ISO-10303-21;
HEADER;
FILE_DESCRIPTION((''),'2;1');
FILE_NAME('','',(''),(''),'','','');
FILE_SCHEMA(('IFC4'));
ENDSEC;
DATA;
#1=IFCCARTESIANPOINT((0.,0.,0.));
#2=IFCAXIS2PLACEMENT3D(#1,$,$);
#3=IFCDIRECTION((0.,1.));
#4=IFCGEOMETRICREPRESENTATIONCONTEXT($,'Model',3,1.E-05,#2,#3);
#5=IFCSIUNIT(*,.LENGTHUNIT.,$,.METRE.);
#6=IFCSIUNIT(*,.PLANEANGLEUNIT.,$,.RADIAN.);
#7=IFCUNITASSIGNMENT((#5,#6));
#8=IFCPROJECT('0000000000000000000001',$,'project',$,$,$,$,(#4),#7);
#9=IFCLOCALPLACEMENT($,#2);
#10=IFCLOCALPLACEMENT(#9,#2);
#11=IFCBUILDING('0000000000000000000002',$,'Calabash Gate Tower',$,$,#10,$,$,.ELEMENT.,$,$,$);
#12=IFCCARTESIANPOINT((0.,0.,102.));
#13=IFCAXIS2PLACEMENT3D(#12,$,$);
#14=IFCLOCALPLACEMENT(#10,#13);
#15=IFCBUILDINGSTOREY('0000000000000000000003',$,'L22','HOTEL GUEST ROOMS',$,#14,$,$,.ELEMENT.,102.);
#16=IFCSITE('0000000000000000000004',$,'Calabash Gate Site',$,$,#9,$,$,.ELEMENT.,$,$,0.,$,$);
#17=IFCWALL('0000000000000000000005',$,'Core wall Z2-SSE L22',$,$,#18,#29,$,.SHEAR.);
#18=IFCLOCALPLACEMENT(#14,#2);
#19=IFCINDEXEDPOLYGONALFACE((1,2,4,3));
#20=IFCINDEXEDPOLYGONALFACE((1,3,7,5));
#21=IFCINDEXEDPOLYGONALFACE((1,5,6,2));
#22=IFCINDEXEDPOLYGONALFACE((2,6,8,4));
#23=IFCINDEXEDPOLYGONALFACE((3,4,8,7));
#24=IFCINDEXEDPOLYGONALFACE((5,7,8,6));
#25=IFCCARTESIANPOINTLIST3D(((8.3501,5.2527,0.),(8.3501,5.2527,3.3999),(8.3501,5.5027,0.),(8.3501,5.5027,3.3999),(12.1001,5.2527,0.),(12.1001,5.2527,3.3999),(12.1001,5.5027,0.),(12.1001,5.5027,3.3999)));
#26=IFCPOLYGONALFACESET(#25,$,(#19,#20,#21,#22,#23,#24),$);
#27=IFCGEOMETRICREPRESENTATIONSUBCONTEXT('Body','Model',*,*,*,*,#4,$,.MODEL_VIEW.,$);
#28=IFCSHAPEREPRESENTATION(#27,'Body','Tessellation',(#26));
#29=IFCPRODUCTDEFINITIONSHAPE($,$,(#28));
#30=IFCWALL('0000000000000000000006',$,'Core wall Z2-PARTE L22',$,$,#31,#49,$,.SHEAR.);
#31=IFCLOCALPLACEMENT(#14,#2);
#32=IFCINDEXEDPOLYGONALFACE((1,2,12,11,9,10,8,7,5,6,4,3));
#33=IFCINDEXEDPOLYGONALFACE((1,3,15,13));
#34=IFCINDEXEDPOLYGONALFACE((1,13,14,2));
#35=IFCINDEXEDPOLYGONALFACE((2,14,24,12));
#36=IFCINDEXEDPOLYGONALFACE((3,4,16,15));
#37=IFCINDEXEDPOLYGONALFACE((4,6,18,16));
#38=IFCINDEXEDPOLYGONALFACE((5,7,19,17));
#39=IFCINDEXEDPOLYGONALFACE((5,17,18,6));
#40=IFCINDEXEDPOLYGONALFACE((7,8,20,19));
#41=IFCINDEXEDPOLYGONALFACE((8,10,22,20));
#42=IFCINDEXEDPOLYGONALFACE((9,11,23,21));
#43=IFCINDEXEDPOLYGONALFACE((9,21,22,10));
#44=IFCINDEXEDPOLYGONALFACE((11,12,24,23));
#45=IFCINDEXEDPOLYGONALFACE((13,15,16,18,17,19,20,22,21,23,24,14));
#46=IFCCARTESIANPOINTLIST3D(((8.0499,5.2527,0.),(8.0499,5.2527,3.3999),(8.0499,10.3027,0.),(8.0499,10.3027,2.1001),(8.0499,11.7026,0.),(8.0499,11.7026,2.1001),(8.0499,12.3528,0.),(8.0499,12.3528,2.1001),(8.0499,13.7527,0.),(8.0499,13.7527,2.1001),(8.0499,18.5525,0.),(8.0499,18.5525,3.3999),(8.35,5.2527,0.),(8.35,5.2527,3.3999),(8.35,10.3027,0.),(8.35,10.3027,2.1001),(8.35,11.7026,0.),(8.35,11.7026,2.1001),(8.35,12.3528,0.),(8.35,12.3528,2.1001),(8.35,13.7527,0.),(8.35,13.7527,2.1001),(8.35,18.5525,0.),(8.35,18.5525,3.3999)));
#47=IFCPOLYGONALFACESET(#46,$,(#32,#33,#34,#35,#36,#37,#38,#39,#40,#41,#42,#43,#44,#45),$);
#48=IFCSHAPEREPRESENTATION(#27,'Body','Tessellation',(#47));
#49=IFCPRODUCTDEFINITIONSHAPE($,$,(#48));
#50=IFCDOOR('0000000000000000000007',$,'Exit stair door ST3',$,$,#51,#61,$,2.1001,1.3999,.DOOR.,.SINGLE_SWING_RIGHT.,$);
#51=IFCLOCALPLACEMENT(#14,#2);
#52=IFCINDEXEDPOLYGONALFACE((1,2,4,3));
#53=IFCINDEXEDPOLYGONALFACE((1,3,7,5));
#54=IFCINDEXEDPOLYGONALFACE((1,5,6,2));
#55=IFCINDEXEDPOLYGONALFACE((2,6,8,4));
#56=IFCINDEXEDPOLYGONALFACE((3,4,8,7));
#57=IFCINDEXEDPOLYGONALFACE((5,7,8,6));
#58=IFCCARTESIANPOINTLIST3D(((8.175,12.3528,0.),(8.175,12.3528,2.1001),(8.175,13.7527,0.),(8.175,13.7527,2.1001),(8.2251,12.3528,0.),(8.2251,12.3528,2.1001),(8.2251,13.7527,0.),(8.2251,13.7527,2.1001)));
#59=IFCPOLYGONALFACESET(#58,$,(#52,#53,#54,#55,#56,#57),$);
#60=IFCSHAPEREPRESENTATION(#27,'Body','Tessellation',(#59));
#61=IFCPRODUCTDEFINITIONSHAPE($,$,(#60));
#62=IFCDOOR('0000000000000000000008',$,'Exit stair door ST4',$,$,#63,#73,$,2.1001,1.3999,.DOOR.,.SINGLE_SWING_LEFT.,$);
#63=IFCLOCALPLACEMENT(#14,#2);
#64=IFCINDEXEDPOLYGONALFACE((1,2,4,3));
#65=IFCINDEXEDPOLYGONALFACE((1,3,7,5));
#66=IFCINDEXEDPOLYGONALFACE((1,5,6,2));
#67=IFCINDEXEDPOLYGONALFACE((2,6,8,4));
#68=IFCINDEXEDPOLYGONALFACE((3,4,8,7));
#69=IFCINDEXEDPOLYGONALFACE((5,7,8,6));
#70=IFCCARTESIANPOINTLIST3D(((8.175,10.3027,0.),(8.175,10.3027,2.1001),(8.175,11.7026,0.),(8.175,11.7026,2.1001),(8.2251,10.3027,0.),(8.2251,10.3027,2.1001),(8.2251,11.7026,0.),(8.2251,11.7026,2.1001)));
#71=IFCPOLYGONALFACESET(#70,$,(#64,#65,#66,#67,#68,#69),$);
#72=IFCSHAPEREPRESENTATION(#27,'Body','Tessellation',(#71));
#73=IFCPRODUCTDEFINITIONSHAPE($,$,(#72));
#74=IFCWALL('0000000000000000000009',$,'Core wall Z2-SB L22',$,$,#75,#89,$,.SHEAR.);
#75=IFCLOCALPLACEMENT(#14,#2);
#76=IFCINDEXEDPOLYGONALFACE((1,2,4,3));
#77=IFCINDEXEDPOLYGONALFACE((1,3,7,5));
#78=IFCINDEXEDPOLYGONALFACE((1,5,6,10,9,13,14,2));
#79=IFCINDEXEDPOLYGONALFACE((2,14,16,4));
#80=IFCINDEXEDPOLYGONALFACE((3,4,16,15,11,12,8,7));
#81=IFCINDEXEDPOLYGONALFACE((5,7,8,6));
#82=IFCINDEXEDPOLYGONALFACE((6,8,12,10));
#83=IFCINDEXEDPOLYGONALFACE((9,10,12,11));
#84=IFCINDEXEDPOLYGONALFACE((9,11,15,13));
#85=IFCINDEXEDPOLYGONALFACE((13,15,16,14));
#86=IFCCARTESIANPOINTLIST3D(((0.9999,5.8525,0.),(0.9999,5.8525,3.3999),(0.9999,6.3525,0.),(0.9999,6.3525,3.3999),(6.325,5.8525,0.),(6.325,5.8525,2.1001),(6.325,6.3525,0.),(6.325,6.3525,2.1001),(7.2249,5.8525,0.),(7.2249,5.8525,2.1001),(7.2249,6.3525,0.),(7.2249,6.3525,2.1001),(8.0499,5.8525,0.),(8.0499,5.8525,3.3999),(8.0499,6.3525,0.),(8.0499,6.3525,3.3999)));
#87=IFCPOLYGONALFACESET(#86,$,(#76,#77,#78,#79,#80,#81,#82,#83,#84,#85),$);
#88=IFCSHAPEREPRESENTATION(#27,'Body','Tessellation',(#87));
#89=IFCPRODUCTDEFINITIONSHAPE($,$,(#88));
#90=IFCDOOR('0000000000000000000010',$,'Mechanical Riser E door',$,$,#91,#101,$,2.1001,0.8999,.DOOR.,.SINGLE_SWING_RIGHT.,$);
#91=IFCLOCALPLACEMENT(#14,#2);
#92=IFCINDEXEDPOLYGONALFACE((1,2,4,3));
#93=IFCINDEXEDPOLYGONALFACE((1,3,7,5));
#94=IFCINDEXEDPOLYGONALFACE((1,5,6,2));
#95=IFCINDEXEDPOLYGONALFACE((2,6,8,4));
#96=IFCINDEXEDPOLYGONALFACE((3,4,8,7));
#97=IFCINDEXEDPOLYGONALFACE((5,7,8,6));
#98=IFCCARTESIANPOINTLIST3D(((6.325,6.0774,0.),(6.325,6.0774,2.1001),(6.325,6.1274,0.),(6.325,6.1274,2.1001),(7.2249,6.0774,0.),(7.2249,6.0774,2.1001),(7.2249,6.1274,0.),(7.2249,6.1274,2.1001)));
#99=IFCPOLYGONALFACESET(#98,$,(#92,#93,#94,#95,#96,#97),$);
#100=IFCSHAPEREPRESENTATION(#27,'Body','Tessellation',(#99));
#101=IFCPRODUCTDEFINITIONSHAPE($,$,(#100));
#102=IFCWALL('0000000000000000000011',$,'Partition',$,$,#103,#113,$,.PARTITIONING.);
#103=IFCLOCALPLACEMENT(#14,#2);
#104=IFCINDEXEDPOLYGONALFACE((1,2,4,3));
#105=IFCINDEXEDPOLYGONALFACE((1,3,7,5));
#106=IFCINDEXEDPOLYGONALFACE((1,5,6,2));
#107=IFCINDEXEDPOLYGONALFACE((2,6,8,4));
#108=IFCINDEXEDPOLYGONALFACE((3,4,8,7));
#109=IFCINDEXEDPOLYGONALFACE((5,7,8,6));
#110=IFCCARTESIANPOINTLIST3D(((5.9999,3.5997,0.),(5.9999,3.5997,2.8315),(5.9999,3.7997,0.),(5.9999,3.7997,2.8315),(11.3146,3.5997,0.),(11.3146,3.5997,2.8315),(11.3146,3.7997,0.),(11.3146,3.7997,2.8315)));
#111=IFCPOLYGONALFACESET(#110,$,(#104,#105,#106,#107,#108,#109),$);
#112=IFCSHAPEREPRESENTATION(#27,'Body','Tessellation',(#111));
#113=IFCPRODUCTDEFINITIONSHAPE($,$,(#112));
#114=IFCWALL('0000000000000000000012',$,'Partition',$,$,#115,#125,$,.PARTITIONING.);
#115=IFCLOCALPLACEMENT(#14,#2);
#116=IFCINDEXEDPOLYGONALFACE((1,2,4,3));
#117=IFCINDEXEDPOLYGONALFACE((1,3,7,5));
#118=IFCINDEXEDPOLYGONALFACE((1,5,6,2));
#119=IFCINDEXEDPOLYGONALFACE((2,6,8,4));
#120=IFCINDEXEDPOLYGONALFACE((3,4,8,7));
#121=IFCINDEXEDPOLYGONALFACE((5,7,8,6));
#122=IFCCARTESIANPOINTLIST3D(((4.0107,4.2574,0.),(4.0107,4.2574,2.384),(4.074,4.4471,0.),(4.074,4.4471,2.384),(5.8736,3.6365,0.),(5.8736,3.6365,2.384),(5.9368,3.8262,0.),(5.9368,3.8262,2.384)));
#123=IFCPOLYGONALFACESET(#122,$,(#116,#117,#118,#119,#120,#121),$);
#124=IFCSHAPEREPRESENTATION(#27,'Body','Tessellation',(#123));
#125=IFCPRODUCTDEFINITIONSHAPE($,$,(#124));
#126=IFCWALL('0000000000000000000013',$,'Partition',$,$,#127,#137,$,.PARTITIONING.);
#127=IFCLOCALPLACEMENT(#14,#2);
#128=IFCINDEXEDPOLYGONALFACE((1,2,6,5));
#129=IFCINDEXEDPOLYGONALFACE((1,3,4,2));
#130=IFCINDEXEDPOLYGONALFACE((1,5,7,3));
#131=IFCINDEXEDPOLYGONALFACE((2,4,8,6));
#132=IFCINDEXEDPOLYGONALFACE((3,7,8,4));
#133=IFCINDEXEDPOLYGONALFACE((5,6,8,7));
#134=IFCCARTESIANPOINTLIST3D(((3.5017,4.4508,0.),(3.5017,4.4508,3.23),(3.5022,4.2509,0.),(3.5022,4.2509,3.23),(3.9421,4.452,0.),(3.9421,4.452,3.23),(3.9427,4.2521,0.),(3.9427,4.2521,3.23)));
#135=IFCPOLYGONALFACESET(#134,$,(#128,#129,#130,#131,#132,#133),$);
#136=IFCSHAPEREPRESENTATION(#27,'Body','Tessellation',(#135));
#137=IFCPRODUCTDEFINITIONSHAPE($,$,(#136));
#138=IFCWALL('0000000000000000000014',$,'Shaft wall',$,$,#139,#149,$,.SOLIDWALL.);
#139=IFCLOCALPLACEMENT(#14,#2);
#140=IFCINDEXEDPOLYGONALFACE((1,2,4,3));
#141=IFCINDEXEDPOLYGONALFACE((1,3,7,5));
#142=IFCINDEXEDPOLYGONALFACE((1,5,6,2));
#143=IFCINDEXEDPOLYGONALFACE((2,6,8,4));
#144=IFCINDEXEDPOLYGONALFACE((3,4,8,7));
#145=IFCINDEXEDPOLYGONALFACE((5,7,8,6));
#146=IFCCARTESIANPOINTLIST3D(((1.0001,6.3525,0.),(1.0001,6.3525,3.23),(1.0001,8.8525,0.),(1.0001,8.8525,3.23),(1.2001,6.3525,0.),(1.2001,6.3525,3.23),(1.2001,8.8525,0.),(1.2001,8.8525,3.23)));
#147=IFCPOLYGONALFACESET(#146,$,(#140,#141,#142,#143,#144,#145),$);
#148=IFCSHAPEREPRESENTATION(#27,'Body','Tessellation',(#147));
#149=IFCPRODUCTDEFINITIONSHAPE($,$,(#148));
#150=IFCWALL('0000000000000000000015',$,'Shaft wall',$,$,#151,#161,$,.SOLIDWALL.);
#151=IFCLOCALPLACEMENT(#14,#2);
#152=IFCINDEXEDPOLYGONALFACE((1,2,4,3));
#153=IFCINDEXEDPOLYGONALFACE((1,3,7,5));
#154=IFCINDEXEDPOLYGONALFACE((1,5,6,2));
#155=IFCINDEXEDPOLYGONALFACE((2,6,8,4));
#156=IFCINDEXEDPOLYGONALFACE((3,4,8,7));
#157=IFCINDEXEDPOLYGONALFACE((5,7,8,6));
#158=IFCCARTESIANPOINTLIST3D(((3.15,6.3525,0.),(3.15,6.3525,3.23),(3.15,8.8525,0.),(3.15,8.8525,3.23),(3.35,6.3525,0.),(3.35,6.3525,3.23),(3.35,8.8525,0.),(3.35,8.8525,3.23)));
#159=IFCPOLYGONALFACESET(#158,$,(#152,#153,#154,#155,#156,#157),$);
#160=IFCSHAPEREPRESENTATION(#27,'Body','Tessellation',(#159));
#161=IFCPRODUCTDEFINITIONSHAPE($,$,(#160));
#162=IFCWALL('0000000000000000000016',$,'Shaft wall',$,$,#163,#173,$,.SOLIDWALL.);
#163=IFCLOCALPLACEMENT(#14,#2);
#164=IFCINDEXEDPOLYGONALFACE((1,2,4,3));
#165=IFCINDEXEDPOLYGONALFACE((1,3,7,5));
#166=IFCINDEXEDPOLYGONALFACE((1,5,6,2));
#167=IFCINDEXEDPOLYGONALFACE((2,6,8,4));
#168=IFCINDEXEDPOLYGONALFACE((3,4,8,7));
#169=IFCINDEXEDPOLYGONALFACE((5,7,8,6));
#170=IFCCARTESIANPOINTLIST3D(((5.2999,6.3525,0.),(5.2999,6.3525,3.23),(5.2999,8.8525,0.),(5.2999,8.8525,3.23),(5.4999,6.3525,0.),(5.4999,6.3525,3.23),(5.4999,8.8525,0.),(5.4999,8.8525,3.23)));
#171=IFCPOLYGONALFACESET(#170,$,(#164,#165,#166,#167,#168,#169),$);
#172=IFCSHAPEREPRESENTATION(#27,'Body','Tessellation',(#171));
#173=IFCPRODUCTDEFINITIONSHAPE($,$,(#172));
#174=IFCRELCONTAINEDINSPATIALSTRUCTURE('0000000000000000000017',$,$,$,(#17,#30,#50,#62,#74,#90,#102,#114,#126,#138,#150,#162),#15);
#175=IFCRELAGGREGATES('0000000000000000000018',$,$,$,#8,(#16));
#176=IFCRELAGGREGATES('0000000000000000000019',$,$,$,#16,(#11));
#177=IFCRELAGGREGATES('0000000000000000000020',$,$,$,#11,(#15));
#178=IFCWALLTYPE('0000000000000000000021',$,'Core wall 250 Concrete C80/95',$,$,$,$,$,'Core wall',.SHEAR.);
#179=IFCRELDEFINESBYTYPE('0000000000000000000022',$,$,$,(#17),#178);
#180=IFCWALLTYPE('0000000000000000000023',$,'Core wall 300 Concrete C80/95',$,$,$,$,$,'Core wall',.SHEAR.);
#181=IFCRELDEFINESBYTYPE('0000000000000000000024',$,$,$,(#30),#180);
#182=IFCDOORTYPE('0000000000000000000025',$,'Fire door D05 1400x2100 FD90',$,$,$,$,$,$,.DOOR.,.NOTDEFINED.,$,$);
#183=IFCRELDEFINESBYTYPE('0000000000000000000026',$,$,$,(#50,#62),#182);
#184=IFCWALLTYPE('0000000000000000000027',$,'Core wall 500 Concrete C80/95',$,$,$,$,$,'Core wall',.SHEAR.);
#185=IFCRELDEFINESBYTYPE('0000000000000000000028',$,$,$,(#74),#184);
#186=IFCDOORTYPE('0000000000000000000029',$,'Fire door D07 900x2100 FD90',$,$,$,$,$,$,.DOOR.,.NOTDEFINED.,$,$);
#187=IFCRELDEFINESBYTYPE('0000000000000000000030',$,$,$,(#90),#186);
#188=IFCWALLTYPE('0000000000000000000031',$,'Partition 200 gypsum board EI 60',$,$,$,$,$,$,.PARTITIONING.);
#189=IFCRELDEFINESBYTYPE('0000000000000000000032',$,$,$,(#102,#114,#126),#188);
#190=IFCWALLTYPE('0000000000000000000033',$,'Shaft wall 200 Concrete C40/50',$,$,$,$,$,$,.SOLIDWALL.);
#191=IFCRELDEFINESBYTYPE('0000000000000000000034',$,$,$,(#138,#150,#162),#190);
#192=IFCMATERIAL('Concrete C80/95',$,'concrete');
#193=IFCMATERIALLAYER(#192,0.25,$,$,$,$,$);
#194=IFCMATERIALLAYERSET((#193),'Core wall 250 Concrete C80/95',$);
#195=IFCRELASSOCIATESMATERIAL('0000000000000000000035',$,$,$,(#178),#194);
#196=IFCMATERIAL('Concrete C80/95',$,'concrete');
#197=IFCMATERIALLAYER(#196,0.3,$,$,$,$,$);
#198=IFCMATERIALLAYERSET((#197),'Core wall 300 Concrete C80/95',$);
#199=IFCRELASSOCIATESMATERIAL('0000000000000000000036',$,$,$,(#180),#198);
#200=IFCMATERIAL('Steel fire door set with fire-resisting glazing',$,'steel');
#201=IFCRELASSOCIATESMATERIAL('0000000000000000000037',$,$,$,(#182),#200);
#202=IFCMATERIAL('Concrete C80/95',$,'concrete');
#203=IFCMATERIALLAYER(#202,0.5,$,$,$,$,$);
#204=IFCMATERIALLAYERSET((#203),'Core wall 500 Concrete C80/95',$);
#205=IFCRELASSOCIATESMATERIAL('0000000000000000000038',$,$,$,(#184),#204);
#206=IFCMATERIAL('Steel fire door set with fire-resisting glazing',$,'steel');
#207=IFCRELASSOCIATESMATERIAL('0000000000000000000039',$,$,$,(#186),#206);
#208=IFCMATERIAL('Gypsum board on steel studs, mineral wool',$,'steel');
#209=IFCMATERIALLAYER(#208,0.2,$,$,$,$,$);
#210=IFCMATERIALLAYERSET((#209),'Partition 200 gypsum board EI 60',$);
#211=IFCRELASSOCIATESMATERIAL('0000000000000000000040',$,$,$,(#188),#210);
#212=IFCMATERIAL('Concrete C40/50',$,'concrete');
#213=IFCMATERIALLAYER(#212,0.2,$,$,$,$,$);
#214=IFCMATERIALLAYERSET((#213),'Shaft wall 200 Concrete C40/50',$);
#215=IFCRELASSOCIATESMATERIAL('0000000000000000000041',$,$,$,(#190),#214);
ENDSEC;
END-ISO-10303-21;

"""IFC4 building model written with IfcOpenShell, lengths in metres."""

from ifc_helpers import new_model, si_unit, direction, frame, frame_2d, origin, place, context, subcontext, project, spatial, rectangle, extrude, material, layer, layer_set, type_object, element, fill, save


model = new_model("IFC4")

# Units and contexts
model_context = context("Model", 3, precision=1e-05, world=origin(), true_north=direction((0.0, 1.0)))
body_context = subcontext(model_context, "Body", "Model", "MODEL_VIEW")
ifc_project = project(units=[si_unit("LENGTHUNIT", "METRE"), si_unit("PLANEANGLEUNIT", "RADIAN")], contexts=[model_context])

# Site, building, storey
site_placement = place(None, origin())
site = spatial("IfcSite", under=ifc_project, at=site_placement, Name="Calabash Gate Site", CompositionType="ELEMENT", RefElevation=0.0)
building_placement = place(site_placement, origin())
building = spatial("IfcBuilding", under=site, at=building_placement, Name="Calabash Gate Tower", CompositionType="ELEMENT")
storey_placement = place(building_placement, frame((0.0, 0.0, 102.0)))
storey = spatial("IfcBuildingStorey", under=building, at=storey_placement, Name="L22", Description="HOTEL GUEST ROOMS", CompositionType="ELEMENT", Elevation=102.0)

# Wall
ifc_material_1 = material(Name="Concrete C80/95", Category="concrete")
ifc_layer_1 = layer(ifc_material_1, 0.25)
ifc_layer_set_1 = layer_set([ifc_layer_1], Name="Core wall 250 Concrete C80/95")
wall_type_1 = type_object("IfcWallType", Name="Core wall 250 Concrete C80/95", ElementType="Core wall", PredefinedType="SHEAR", material=ifc_layer_set_1)
wall_1_placement = place(storey_placement, frame((8.3501, 5.3777, 0.0), z_axis=(0.0, 0.0, 1.0), x_axis=(1.0, 0.0, 0.0)))
element("IfcWall", 1, at=wall_1_placement, inside=storey, type_object=wall_type_1, Name="Core wall Z2-SSE L22", PredefinedType="SHEAR", context=body_context, shape_type="SweptSolid", body=[
    extrude(rectangle(XDim=3.75, YDim=0.25, at=frame_2d((1.875, 0.0))), origin(), (0.0, 0.0, 1.0), 3.3999),
])

# Wall, openings, doors
ifc_material_2 = material(Name="Concrete C80/95", Category="concrete")
ifc_layer_2 = layer(ifc_material_2, 0.3)
ifc_layer_set_2 = layer_set([ifc_layer_2], Name="Core wall 300 Concrete C80/95")
wall_type_2 = type_object("IfcWallType", Name="Core wall 300 Concrete C80/95", ElementType="Core wall", PredefinedType="SHEAR", material=ifc_layer_set_2)
wall_2_placement = place(storey_placement, frame((8.2, 5.2527, 0.0), z_axis=(0.0, 0.0, 1.0), x_axis=(0.0, 1.0, 0.0)))
wall_2 = element("IfcWall", 2, at=wall_2_placement, inside=storey, type_object=wall_type_2, Name="Core wall Z2-PARTE L22", PredefinedType="SHEAR", context=body_context, shape_type="SweptSolid", body=[
    extrude(rectangle(XDim=13.2998, YDim=0.3, at=frame_2d((6.6499, 0.0))), origin(), (0.0, 0.0, 1.0), 3.3999),
])
opening_1_placement = place(wall_2_placement, frame((7.1001, 0.0, 0.0)))
opening_1 = element("IfcOpeningElement", 3, at=opening_1_placement, cuts=wall_2, PredefinedType="OPENING", context=body_context, shape_type="SweptSolid", body=[
    extrude(rectangle(XDim=1.3999, YDim=2.1001, at=frame_2d((0.7, 1.05))), frame((0.0, 0.1599, 0.0), z_axis=(0.0, -1.0, 0.0), x_axis=(1.0, 0.0, 0.0)), (0.0, 0.0, 1.0), 0.3201),
])
opening_2_placement = place(wall_2_placement, frame((5.05, 0.0, 0.0)))
opening_2 = element("IfcOpeningElement", 4, at=opening_2_placement, cuts=wall_2, PredefinedType="OPENING", context=body_context, shape_type="SweptSolid", body=[
    extrude(rectangle(XDim=1.3999, YDim=2.1001, at=frame_2d((0.7, 1.05))), frame((0.0, 0.1599, 0.0), z_axis=(0.0, -1.0, 0.0), x_axis=(1.0, 0.0, 0.0)), (0.0, 0.0, 1.0), 0.3201),
])
ifc_material_3 = material(Name="Steel fire door set with fire-resisting glazing", Category="steel")
door_type_1 = type_object("IfcDoorType", Name="Fire door D05 1400x2100 FD90", OperationType="NOTDEFINED", PredefinedType="DOOR", material=ifc_material_3)
door_1_placement = place(opening_1_placement, origin())
door_1 = element("IfcDoor", 5, at=door_1_placement, inside=storey, type_object=door_type_1, Name="Exit stair door ST3", OperationType="SINGLE_SWING_RIGHT", OverallHeight=2.1001, OverallWidth=1.3999, PredefinedType="DOOR", context=body_context, shape_type="SweptSolid", body=[
    extrude(rectangle(XDim=1.3999, YDim=2.1001, at=frame_2d((0.7, 1.05))), frame((0.0, 0.0249, 0.0), z_axis=(0.0, -1.0, 0.0), x_axis=(1.0, 0.0, 0.0)), (0.0, 0.0, 1.0), 0.05),
])
fill(opening_1, door_1)
door_2_placement = place(opening_2_placement, origin())
door_2 = element("IfcDoor", 6, at=door_2_placement, inside=storey, type_object=door_type_1, Name="Exit stair door ST4", OperationType="SINGLE_SWING_LEFT", OverallHeight=2.1001, OverallWidth=1.3999, PredefinedType="DOOR", context=body_context, shape_type="SweptSolid", body=[
    extrude(rectangle(XDim=1.3999, YDim=2.1001, at=frame_2d((0.7, 1.05))), frame((0.0, 0.0249, 0.0), z_axis=(0.0, -1.0, 0.0), x_axis=(1.0, 0.0, 0.0)), (0.0, 0.0, 1.0), 0.05),
])
fill(opening_2, door_2)

# Wall, opening, door
ifc_material_4 = material(Name="Concrete C80/95", Category="concrete")
ifc_layer_3 = layer(ifc_material_4, 0.5)
ifc_layer_set_3 = layer_set([ifc_layer_3], Name="Core wall 500 Concrete C80/95")
wall_type_3 = type_object("IfcWallType", Name="Core wall 500 Concrete C80/95", ElementType="Core wall", PredefinedType="SHEAR", material=ifc_layer_set_3)
wall_3_placement = place(storey_placement, frame((1.0, 6.1025, 0.0), z_axis=(0.0, 0.0, 1.0), x_axis=(1.0, 0.0, 0.0)))
wall_3 = element("IfcWall", 7, at=wall_3_placement, inside=storey, type_object=wall_type_3, Name="Core wall Z2-SB L22", PredefinedType="SHEAR", context=body_context, shape_type="SweptSolid", body=[
    extrude(rectangle(XDim=7.05, YDim=0.5, at=frame_2d((3.5249, 0.0))), origin(), (0.0, 0.0, 1.0), 3.3999),
])
opening_3_placement = place(wall_3_placement, frame((5.325, 0.0, 0.0)))
opening_3 = element("IfcOpeningElement", 8, at=opening_3_placement, cuts=wall_3, PredefinedType="OPENING", context=body_context, shape_type="SweptSolid", body=[
    extrude(rectangle(XDim=0.8999, YDim=2.1001, at=frame_2d((0.45, 1.05))), frame((0.0, 0.26, 0.0), z_axis=(0.0, -1.0, 0.0), x_axis=(1.0, 0.0, 0.0)), (0.0, 0.0, 1.0), 0.52),
])
ifc_material_5 = material(Name="Steel fire door set with fire-resisting glazing", Category="steel")
door_type_2 = type_object("IfcDoorType", Name="Fire door D07 900x2100 FD90", OperationType="NOTDEFINED", PredefinedType="DOOR", material=ifc_material_5)
door_3_placement = place(opening_3_placement, origin())
door_3 = element("IfcDoor", 9, at=door_3_placement, inside=storey, type_object=door_type_2, Name="Mechanical Riser E door", OperationType="SINGLE_SWING_RIGHT", OverallHeight=2.1001, OverallWidth=0.8999, PredefinedType="DOOR", context=body_context, shape_type="SweptSolid", body=[
    extrude(rectangle(XDim=0.8999, YDim=2.1001, at=frame_2d((0.45, 1.05))), frame((0.0, 0.0249, 0.0), z_axis=(0.0, -1.0, 0.0), x_axis=(1.0, 0.0, 0.0)), (0.0, 0.0, 1.0), 0.05),
])
fill(opening_3, door_3)

# Walls
ifc_material_6 = material(Name="Gypsum board on steel studs, mineral wool", Category="steel")
ifc_layer_4 = layer(ifc_material_6, 0.2)
ifc_layer_set_4 = layer_set([ifc_layer_4], Name="Partition 200 gypsum board EI 60")
wall_type_4 = type_object("IfcWallType", Name="Partition 200 gypsum board EI 60", PredefinedType="PARTITIONING", material=ifc_layer_set_4)
wall_4_placement = place(storey_placement, frame((6.0, 3.6997, 0.0), z_axis=(0.0, 0.0, 1.0), x_axis=(1.0, 0.0, 0.0)))
element("IfcWall", 10, at=wall_4_placement, inside=storey, type_object=wall_type_4, Name="Partition", PredefinedType="PARTITIONING", context=body_context, shape_type="SweptSolid", body=[
    extrude(rectangle(XDim=5.3147, YDim=0.2, at=frame_2d((2.6572, 0.0))), origin(), (0.0, 0.0, 1.0), 2.8315),
])
wall_5_placement = place(storey_placement, frame((4.0422, 4.3523, 0.0), z_axis=(0.0, 0.0, 1.0), x_axis=(0.948696, -0.31619, 0.0)))
element("IfcWall", 11, at=wall_5_placement, inside=storey, type_object=wall_type_4, Name="Partition", PredefinedType="PARTITIONING", context=body_context, shape_type="SweptSolid", body=[
    extrude(rectangle(XDim=1.9636, YDim=0.2, at=frame_2d((0.9819, 0.0))), origin(), (0.0, 0.0, 1.0), 2.384),
])
wall_6_placement = place(storey_placement, frame((3.502, 4.3508, 0.0), z_axis=(0.0, 0.0, 1.0), x_axis=(0.999996, 0.002772, 0.0)))
element("IfcWall", 12, at=wall_6_placement, inside=storey, type_object=wall_type_4, Name="Partition", PredefinedType="PARTITIONING", context=body_context, shape_type="SweptSolid", body=[
    extrude(rectangle(XDim=0.4404, YDim=0.2, at=frame_2d((0.2202, 0.0))), origin(), (0.0, 0.0, 1.0), 3.23),
])
ifc_material_7 = material(Name="Concrete C40/50", Category="concrete")
ifc_layer_5 = layer(ifc_material_7, 0.2)
ifc_layer_set_5 = layer_set([ifc_layer_5], Name="Shaft wall 200 Concrete C40/50")
wall_type_5 = type_object("IfcWallType", Name="Shaft wall 200 Concrete C40/50", PredefinedType="SOLIDWALL", material=ifc_layer_set_5)
for number, where, z_axis, x_axis, name in (
    (13, (1.1001, 6.3525, 0.0), (0.0, 0.0, 1.0), (0.0, 1.0, 0.0), "Shaft wall"),
    (14, (3.25, 6.3525, 0.0), (0.0, 0.0, 1.0), (0.0, 1.0, 0.0), "Shaft wall"),
    (15, (5.3999, 6.3525, 0.0), (0.0, 0.0, 1.0), (0.0, 1.0, 0.0), "Shaft wall"),
):
    element("IfcWall", number, at=place(storey_placement, frame(where, z_axis=z_axis, x_axis=x_axis)), inside=storey, type_object=wall_type_5, Name=name, PredefinedType="SOLIDWALL", context=body_context, shape_type="SweptSolid", body=[
        extrude(rectangle(XDim=2.5, YDim=0.2, at=frame_2d((1.25, 0.0))), origin(), (0.0, 0.0, 1.0), 3.23),
    ])

save(model, "model.ifc")
